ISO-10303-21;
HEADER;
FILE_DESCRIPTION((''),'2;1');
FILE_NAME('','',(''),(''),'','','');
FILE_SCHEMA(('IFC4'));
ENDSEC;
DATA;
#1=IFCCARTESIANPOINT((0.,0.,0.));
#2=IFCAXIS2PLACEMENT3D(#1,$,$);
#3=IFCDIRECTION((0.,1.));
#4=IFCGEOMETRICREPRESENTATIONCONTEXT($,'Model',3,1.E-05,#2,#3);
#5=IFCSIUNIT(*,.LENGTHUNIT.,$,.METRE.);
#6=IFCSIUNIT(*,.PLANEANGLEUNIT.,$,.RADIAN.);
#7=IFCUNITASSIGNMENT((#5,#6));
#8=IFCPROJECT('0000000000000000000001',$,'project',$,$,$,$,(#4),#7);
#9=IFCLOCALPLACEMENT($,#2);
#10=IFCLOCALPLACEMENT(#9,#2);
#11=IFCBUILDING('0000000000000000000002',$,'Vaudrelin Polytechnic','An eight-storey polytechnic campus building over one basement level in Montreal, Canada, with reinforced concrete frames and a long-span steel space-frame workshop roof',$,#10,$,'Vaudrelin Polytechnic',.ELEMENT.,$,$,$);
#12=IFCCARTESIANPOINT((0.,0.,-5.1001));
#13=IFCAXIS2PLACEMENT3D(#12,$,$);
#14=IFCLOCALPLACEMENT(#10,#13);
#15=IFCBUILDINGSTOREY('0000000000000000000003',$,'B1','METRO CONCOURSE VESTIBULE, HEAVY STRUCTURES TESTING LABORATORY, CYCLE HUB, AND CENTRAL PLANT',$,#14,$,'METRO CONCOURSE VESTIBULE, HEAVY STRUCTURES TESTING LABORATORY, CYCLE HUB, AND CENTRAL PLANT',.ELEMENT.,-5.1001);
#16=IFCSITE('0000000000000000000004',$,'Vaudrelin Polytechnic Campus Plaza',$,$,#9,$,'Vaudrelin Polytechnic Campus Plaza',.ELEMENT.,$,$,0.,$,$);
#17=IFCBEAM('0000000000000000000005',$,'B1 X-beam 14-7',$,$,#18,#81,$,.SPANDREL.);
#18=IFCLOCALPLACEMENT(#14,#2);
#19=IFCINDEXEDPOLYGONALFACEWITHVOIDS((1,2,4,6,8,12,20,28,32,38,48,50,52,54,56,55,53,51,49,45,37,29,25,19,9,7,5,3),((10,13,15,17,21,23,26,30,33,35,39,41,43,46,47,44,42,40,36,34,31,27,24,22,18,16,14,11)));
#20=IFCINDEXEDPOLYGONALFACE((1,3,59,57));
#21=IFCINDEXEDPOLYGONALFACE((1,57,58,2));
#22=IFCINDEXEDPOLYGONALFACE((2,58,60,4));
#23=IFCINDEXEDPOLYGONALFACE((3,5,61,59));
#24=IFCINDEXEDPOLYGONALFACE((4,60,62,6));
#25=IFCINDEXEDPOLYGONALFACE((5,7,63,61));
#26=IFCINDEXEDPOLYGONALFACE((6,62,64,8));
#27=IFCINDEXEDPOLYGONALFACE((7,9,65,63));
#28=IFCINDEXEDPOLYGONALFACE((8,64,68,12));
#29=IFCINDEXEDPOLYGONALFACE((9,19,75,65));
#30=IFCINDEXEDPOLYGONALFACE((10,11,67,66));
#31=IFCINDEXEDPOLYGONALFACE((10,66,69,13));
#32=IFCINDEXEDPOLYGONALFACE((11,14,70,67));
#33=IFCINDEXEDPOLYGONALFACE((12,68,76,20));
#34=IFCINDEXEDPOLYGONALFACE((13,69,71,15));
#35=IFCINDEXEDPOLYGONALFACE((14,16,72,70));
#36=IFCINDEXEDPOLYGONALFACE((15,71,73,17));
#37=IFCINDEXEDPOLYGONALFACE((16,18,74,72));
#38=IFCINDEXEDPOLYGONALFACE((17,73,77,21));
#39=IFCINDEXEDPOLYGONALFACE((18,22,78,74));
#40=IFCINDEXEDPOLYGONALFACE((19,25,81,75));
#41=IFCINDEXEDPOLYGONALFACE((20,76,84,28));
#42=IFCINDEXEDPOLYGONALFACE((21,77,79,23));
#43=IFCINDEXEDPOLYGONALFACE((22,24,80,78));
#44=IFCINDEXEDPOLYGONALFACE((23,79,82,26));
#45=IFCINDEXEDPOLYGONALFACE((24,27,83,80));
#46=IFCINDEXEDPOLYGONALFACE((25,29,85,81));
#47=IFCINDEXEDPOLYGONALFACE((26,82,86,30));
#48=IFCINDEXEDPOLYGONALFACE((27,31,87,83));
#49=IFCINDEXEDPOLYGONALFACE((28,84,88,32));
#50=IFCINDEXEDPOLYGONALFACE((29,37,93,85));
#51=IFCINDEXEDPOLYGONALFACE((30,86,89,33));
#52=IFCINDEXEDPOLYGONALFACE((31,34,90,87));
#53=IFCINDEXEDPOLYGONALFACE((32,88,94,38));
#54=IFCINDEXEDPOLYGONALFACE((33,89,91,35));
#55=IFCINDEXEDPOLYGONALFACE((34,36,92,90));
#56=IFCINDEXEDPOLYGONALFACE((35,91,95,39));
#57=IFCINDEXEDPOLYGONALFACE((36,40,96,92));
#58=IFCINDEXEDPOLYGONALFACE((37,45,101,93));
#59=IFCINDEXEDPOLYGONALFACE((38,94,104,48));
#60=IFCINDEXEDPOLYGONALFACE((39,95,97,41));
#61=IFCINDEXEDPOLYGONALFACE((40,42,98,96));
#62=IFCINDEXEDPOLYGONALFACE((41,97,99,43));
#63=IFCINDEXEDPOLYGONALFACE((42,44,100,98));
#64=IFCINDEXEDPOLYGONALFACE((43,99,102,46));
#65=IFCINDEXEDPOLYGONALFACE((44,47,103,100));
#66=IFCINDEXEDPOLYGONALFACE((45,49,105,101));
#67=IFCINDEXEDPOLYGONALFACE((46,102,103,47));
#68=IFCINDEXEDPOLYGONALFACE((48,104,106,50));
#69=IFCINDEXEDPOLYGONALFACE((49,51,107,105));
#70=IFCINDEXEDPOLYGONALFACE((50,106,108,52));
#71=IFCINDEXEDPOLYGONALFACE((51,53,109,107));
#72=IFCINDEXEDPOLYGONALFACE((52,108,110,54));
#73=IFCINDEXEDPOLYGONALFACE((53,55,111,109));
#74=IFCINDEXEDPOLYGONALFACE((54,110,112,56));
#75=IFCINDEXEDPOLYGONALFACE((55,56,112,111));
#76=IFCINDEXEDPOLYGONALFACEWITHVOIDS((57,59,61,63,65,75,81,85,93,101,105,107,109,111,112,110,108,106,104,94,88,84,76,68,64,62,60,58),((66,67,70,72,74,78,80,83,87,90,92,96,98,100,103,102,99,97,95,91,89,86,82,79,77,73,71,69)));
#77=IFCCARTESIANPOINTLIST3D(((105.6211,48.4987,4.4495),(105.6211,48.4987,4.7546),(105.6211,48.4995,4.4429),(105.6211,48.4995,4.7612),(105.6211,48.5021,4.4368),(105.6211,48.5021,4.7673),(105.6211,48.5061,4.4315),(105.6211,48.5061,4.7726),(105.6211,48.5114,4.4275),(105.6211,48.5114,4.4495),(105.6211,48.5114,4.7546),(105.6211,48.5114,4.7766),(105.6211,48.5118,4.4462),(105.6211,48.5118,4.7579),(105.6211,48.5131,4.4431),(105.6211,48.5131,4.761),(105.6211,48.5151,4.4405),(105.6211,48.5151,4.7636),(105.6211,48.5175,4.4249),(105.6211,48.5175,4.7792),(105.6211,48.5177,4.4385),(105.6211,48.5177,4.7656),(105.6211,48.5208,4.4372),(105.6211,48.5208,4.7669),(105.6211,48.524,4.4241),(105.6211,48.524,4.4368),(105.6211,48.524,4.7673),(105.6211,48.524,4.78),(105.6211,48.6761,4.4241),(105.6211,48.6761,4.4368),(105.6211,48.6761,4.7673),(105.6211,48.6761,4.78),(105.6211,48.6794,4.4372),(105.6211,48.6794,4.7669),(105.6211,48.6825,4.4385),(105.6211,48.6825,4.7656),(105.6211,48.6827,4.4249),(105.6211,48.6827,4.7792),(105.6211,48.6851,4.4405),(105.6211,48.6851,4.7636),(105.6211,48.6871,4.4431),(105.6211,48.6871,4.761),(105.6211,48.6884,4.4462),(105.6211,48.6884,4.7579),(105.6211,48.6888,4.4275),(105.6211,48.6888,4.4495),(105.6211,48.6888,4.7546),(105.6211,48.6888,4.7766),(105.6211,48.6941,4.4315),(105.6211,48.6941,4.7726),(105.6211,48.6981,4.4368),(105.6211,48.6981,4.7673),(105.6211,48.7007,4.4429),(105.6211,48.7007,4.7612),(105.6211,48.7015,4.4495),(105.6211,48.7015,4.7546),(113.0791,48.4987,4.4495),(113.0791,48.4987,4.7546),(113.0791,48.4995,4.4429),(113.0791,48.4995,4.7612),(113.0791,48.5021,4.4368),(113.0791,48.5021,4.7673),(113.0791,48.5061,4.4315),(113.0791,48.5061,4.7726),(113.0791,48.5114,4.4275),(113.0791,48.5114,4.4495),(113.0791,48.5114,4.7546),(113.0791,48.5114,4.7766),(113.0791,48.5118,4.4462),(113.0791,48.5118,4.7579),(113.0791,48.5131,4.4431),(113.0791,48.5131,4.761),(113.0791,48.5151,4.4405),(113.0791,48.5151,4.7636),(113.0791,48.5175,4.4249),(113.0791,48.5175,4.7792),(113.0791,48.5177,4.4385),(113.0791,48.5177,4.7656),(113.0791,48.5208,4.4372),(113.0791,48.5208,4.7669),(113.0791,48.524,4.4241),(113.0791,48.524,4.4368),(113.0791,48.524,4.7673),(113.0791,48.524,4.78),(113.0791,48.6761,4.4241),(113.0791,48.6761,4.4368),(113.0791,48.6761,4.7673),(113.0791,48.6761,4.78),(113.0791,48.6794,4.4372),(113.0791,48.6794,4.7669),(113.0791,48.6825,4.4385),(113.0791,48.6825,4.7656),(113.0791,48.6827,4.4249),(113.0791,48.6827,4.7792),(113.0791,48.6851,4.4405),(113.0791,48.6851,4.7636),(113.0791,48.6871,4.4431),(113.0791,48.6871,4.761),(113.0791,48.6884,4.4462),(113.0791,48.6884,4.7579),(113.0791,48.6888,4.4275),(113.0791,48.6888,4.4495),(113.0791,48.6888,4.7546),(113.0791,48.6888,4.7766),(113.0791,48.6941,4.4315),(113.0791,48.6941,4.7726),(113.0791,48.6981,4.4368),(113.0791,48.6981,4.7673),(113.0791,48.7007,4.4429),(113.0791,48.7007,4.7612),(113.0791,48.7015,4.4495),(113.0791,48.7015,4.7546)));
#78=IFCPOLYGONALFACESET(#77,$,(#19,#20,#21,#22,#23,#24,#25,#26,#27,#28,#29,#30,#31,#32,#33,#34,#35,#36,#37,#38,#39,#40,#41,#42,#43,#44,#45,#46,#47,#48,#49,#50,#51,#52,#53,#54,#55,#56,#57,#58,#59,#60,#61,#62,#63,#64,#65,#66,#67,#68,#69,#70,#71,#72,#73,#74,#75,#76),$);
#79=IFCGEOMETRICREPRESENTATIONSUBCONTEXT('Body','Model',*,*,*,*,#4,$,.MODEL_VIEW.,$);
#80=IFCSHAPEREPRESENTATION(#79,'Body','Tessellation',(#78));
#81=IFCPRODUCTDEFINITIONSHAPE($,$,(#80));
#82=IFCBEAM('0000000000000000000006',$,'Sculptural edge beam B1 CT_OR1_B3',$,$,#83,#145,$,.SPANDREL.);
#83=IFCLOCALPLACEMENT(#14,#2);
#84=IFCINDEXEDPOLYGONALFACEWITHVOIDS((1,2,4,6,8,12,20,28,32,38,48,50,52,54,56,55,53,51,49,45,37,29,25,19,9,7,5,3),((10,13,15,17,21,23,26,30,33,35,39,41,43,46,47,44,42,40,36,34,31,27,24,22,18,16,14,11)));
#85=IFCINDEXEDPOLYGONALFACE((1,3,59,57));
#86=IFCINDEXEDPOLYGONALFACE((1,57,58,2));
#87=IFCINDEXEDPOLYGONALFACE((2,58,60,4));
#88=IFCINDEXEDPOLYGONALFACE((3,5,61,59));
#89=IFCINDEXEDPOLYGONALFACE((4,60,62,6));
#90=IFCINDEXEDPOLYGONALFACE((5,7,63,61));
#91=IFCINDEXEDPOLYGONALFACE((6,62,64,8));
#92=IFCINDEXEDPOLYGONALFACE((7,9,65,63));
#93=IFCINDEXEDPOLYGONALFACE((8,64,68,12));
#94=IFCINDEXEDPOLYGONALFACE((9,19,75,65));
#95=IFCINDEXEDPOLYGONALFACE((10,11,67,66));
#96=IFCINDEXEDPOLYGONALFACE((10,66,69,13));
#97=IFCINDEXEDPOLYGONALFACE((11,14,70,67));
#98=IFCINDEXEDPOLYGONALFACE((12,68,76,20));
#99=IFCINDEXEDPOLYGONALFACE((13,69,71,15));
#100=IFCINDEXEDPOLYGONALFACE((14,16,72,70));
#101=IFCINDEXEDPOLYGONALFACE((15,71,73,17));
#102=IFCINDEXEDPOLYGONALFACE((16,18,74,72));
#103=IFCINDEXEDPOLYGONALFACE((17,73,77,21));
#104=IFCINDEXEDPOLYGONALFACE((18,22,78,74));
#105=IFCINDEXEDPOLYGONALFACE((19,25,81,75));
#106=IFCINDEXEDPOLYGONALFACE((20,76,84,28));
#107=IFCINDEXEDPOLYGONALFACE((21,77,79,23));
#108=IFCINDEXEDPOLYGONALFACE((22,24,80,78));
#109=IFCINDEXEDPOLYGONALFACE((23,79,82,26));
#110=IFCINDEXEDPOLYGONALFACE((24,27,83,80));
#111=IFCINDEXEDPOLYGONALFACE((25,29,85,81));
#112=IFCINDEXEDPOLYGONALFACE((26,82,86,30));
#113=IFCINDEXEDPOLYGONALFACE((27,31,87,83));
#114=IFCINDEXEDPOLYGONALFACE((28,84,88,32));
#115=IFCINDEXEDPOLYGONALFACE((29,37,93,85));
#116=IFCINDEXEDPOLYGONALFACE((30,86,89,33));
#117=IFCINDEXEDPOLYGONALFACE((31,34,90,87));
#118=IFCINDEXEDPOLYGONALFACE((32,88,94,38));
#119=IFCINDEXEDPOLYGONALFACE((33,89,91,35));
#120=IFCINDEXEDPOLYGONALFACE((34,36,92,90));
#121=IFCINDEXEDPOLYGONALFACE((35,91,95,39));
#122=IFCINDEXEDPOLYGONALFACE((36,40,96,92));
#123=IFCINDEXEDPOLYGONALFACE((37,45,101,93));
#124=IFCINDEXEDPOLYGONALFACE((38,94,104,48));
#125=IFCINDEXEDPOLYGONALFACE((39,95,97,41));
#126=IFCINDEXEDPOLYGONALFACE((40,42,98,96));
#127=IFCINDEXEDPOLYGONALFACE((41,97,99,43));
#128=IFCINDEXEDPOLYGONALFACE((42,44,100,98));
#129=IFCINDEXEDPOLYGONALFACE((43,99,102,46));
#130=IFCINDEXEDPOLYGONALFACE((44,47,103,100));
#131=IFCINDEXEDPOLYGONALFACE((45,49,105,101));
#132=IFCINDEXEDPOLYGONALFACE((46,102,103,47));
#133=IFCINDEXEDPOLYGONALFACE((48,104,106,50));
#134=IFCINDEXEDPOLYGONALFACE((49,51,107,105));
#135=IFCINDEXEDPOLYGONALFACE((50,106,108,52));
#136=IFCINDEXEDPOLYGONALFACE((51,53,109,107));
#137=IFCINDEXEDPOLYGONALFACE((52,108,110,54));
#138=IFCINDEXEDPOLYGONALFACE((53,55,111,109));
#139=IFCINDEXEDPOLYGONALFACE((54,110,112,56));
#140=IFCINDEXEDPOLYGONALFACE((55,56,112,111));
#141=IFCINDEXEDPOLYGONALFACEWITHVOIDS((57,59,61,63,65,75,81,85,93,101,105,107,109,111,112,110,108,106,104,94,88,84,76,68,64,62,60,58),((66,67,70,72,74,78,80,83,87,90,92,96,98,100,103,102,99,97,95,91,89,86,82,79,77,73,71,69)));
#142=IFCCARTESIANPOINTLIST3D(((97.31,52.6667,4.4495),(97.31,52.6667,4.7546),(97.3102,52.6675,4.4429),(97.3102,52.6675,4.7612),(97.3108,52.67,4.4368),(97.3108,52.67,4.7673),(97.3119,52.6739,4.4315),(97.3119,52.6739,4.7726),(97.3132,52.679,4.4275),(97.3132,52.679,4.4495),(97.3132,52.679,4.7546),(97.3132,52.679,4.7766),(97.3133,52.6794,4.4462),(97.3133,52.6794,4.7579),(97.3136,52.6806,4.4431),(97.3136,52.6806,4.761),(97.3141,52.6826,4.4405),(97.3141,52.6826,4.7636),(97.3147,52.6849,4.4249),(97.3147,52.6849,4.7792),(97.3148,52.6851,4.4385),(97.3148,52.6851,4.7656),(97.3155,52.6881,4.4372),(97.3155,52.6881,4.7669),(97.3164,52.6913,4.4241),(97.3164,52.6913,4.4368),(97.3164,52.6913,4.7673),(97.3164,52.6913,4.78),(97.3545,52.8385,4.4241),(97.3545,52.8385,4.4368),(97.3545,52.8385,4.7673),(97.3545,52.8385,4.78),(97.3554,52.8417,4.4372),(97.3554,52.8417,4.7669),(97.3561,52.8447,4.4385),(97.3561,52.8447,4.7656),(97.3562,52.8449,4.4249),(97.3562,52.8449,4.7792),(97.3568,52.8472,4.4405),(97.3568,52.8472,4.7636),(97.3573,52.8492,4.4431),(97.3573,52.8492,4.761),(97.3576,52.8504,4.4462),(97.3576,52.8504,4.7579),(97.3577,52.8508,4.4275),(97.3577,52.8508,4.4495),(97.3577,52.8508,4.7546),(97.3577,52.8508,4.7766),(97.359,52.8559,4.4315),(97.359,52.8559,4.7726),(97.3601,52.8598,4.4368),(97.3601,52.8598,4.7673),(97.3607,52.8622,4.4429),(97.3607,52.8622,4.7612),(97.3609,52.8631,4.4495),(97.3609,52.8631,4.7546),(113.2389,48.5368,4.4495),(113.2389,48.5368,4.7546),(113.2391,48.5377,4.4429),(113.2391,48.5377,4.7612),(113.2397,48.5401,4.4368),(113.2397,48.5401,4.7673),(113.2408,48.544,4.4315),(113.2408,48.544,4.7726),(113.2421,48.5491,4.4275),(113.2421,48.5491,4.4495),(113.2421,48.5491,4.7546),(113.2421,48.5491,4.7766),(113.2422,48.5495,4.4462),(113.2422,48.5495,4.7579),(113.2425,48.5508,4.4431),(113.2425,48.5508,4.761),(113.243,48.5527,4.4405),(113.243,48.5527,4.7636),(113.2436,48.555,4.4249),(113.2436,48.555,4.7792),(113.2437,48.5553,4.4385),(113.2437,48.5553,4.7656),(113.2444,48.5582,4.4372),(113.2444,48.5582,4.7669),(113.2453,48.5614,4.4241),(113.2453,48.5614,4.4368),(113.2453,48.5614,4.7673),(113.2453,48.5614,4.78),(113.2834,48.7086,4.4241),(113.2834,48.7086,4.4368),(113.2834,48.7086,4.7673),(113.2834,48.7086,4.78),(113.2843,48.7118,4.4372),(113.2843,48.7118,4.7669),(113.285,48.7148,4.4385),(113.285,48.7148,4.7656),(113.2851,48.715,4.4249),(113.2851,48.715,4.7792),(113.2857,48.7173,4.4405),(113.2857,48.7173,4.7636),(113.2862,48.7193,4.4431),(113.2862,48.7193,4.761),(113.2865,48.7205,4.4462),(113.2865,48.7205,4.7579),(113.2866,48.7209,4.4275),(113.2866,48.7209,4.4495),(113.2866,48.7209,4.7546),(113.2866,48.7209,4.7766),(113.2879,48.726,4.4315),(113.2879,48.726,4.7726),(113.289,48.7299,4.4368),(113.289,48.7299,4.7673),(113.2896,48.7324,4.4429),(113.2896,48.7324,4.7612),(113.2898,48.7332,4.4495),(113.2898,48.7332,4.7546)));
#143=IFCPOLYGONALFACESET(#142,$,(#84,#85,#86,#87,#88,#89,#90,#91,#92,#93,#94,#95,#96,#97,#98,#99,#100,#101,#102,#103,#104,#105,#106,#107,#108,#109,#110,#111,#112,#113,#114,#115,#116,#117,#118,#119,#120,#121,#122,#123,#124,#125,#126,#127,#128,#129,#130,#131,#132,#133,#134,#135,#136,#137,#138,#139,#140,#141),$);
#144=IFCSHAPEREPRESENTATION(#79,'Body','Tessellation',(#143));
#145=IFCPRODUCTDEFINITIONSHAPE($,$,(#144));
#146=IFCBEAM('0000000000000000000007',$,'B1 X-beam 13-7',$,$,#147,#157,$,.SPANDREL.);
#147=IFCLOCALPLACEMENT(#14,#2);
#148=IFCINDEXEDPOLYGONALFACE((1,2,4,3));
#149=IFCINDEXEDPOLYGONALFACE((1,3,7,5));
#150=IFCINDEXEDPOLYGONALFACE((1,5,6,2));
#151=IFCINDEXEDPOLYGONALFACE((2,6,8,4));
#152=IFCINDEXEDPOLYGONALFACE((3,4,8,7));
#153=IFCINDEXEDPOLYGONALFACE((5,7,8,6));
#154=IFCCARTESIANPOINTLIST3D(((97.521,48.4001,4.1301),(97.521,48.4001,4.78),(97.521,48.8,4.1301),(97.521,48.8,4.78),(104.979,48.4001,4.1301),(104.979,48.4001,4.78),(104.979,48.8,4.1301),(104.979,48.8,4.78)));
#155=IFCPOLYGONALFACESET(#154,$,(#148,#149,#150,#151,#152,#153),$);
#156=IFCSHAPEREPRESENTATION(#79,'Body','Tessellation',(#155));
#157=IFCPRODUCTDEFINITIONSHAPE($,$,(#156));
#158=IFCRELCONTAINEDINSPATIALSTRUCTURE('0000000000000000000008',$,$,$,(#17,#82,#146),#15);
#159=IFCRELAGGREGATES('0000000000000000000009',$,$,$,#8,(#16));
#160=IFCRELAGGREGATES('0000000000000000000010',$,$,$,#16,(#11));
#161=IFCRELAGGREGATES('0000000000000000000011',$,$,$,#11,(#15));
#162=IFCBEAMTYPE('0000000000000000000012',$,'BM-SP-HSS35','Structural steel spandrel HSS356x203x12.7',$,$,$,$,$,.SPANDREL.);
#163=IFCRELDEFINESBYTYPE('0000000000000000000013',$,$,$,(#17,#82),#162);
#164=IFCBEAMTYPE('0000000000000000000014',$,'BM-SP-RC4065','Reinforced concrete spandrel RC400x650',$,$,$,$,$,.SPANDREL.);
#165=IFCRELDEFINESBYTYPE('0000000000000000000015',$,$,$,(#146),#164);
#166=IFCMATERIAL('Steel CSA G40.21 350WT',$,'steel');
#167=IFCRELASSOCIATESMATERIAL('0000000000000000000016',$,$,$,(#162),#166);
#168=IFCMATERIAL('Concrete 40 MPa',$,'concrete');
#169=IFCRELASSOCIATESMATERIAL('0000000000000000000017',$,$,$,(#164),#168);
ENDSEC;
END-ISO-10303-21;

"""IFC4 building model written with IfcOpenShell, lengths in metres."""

from ifc_helpers import new_model, si_unit, direction, frame, origin, origin_2d, place, context, subcontext, project, spatial, rectangle, hollow_rectangle, extrude, material, material_profile, profile_set, type_object, element, save


model = new_model("IFC4")

# Units and contexts
model_context = context("Model", 3, precision=1e-05, world=origin(), true_north=direction((0.0, 1.0)))
body_context = subcontext(model_context, "Body", "Model", "MODEL_VIEW")
ifc_project = project(units=[si_unit("LENGTHUNIT", "METRE"), si_unit("PLANEANGLEUNIT", "RADIAN")], contexts=[model_context])

# Site, building, storey
site_placement = place(None, origin())
site = spatial("IfcSite", under=ifc_project, at=site_placement, Name="Vaudrelin Polytechnic Campus Plaza", LongName="Vaudrelin Polytechnic Campus Plaza", CompositionType="ELEMENT", RefElevation=0.0)
building_placement = place(site_placement, origin())
building = spatial("IfcBuilding", under=site, at=building_placement, Name="Vaudrelin Polytechnic", Description="An eight-storey polytechnic campus building over one basement level in Montreal, Canada, with reinforced concrete frames and a long-span steel space-frame workshop roof", LongName="Vaudrelin Polytechnic", CompositionType="ELEMENT")
storey_placement = place(building_placement, frame((0.0, 0.0, -5.1001)))
storey = spatial("IfcBuildingStorey", under=building, at=storey_placement, Name="B1", Description="METRO CONCOURSE VESTIBULE, HEAVY STRUCTURES TESTING LABORATORY, CYCLE HUB, AND CENTRAL PLANT", LongName="METRO CONCOURSE VESTIBULE, HEAVY STRUCTURES TESTING LABORATORY, CYCLE HUB, AND CENTRAL PLANT", CompositionType="ELEMENT", Elevation=-5.1001)

# Shared definitions
ifc_material_1 = material(Name="Concrete 40 MPa", Category="concrete")

# Shared definitions
ifc_material_2 = material(Name="Steel CSA G40.21 350WT", Category="steel")

# Beams
ifc_material_profile_1 = material_profile(ifc_material_2, hollow_rectangle(XDim=0.2029, YDim=0.356, WallThickness=0.0127, InnerFilletRadius=0.0127, OuterFilletRadius=0.0254, at=origin_2d()), Name="HSS356x203x12.7")
ifc_profile_set_1 = profile_set([ifc_material_profile_1], Name="Steel CSA G40.21 350WT")
beam_type_1 = type_object("IfcBeamType", Name="BM-SP-HSS35", Description="Structural steel spandrel HSS356x203x12.7", PredefinedType="SPANDREL", material=ifc_profile_set_1)
beam_1_placement = place(storey_placement, frame((105.6211, 48.6001, 4.6021), z_axis=(1.0, 0.0, 0.0), x_axis=(0.0, 1.0, 0.0)))
element("IfcBeam", 1, at=beam_1_placement, inside=storey, type_object=beam_type_1, Name="B1 X-beam 14-7", PredefinedType="SPANDREL", context=body_context, shape_type="SweptSolid", body=[
    extrude(hollow_rectangle(XDim=0.2029, YDim=0.356, WallThickness=0.0127, InnerFilletRadius=0.0127, OuterFilletRadius=0.0254, at=origin_2d()), origin(), (0.0, 0.0, 1.0), 7.458),
])
beam_2_placement = place(storey_placement, frame((97.3354, 52.7649, 4.6021), z_axis=(0.967995, -0.250971, 0.0), x_axis=(0.250971, 0.967995, 0.0)))
element("IfcBeam", 2, at=beam_2_placement, inside=storey, type_object=beam_type_1, Name="Sculptural edge beam B1 CT_OR1_B3", PredefinedType="SPANDREL", context=body_context, shape_type="SweptSolid", body=[
    extrude(hollow_rectangle(XDim=0.2029, YDim=0.356, WallThickness=0.0127, InnerFilletRadius=0.0127, OuterFilletRadius=0.0254, at=origin_2d()), origin(), (0.0, 0.0, 1.0), 16.4556),
])
ifc_material_profile_2 = material_profile(ifc_material_1, rectangle(XDim=0.3999, YDim=0.6499, at=origin_2d()), Name="RC400x650")
ifc_profile_set_2 = profile_set([ifc_material_profile_2], Name="Concrete 40 MPa")
beam_type_2 = type_object("IfcBeamType", Name="BM-SP-RC4065", Description="Reinforced concrete spandrel RC400x650", PredefinedType="SPANDREL", material=ifc_profile_set_2)
beam_3_placement = place(storey_placement, frame((97.521, 48.6001, 4.4551), z_axis=(1.0, 0.0, 0.0), x_axis=(0.0, 1.0, 0.0)))
element("IfcBeam", 3, at=beam_3_placement, inside=storey, type_object=beam_type_2, Name="B1 X-beam 13-7", PredefinedType="SPANDREL", context=body_context, shape_type="SweptSolid", body=[
    extrude(rectangle(XDim=0.3999, YDim=0.6499, at=origin_2d()), origin(), (0.0, 0.0, 1.0), 7.458),
])

save(model, "model.ifc")
